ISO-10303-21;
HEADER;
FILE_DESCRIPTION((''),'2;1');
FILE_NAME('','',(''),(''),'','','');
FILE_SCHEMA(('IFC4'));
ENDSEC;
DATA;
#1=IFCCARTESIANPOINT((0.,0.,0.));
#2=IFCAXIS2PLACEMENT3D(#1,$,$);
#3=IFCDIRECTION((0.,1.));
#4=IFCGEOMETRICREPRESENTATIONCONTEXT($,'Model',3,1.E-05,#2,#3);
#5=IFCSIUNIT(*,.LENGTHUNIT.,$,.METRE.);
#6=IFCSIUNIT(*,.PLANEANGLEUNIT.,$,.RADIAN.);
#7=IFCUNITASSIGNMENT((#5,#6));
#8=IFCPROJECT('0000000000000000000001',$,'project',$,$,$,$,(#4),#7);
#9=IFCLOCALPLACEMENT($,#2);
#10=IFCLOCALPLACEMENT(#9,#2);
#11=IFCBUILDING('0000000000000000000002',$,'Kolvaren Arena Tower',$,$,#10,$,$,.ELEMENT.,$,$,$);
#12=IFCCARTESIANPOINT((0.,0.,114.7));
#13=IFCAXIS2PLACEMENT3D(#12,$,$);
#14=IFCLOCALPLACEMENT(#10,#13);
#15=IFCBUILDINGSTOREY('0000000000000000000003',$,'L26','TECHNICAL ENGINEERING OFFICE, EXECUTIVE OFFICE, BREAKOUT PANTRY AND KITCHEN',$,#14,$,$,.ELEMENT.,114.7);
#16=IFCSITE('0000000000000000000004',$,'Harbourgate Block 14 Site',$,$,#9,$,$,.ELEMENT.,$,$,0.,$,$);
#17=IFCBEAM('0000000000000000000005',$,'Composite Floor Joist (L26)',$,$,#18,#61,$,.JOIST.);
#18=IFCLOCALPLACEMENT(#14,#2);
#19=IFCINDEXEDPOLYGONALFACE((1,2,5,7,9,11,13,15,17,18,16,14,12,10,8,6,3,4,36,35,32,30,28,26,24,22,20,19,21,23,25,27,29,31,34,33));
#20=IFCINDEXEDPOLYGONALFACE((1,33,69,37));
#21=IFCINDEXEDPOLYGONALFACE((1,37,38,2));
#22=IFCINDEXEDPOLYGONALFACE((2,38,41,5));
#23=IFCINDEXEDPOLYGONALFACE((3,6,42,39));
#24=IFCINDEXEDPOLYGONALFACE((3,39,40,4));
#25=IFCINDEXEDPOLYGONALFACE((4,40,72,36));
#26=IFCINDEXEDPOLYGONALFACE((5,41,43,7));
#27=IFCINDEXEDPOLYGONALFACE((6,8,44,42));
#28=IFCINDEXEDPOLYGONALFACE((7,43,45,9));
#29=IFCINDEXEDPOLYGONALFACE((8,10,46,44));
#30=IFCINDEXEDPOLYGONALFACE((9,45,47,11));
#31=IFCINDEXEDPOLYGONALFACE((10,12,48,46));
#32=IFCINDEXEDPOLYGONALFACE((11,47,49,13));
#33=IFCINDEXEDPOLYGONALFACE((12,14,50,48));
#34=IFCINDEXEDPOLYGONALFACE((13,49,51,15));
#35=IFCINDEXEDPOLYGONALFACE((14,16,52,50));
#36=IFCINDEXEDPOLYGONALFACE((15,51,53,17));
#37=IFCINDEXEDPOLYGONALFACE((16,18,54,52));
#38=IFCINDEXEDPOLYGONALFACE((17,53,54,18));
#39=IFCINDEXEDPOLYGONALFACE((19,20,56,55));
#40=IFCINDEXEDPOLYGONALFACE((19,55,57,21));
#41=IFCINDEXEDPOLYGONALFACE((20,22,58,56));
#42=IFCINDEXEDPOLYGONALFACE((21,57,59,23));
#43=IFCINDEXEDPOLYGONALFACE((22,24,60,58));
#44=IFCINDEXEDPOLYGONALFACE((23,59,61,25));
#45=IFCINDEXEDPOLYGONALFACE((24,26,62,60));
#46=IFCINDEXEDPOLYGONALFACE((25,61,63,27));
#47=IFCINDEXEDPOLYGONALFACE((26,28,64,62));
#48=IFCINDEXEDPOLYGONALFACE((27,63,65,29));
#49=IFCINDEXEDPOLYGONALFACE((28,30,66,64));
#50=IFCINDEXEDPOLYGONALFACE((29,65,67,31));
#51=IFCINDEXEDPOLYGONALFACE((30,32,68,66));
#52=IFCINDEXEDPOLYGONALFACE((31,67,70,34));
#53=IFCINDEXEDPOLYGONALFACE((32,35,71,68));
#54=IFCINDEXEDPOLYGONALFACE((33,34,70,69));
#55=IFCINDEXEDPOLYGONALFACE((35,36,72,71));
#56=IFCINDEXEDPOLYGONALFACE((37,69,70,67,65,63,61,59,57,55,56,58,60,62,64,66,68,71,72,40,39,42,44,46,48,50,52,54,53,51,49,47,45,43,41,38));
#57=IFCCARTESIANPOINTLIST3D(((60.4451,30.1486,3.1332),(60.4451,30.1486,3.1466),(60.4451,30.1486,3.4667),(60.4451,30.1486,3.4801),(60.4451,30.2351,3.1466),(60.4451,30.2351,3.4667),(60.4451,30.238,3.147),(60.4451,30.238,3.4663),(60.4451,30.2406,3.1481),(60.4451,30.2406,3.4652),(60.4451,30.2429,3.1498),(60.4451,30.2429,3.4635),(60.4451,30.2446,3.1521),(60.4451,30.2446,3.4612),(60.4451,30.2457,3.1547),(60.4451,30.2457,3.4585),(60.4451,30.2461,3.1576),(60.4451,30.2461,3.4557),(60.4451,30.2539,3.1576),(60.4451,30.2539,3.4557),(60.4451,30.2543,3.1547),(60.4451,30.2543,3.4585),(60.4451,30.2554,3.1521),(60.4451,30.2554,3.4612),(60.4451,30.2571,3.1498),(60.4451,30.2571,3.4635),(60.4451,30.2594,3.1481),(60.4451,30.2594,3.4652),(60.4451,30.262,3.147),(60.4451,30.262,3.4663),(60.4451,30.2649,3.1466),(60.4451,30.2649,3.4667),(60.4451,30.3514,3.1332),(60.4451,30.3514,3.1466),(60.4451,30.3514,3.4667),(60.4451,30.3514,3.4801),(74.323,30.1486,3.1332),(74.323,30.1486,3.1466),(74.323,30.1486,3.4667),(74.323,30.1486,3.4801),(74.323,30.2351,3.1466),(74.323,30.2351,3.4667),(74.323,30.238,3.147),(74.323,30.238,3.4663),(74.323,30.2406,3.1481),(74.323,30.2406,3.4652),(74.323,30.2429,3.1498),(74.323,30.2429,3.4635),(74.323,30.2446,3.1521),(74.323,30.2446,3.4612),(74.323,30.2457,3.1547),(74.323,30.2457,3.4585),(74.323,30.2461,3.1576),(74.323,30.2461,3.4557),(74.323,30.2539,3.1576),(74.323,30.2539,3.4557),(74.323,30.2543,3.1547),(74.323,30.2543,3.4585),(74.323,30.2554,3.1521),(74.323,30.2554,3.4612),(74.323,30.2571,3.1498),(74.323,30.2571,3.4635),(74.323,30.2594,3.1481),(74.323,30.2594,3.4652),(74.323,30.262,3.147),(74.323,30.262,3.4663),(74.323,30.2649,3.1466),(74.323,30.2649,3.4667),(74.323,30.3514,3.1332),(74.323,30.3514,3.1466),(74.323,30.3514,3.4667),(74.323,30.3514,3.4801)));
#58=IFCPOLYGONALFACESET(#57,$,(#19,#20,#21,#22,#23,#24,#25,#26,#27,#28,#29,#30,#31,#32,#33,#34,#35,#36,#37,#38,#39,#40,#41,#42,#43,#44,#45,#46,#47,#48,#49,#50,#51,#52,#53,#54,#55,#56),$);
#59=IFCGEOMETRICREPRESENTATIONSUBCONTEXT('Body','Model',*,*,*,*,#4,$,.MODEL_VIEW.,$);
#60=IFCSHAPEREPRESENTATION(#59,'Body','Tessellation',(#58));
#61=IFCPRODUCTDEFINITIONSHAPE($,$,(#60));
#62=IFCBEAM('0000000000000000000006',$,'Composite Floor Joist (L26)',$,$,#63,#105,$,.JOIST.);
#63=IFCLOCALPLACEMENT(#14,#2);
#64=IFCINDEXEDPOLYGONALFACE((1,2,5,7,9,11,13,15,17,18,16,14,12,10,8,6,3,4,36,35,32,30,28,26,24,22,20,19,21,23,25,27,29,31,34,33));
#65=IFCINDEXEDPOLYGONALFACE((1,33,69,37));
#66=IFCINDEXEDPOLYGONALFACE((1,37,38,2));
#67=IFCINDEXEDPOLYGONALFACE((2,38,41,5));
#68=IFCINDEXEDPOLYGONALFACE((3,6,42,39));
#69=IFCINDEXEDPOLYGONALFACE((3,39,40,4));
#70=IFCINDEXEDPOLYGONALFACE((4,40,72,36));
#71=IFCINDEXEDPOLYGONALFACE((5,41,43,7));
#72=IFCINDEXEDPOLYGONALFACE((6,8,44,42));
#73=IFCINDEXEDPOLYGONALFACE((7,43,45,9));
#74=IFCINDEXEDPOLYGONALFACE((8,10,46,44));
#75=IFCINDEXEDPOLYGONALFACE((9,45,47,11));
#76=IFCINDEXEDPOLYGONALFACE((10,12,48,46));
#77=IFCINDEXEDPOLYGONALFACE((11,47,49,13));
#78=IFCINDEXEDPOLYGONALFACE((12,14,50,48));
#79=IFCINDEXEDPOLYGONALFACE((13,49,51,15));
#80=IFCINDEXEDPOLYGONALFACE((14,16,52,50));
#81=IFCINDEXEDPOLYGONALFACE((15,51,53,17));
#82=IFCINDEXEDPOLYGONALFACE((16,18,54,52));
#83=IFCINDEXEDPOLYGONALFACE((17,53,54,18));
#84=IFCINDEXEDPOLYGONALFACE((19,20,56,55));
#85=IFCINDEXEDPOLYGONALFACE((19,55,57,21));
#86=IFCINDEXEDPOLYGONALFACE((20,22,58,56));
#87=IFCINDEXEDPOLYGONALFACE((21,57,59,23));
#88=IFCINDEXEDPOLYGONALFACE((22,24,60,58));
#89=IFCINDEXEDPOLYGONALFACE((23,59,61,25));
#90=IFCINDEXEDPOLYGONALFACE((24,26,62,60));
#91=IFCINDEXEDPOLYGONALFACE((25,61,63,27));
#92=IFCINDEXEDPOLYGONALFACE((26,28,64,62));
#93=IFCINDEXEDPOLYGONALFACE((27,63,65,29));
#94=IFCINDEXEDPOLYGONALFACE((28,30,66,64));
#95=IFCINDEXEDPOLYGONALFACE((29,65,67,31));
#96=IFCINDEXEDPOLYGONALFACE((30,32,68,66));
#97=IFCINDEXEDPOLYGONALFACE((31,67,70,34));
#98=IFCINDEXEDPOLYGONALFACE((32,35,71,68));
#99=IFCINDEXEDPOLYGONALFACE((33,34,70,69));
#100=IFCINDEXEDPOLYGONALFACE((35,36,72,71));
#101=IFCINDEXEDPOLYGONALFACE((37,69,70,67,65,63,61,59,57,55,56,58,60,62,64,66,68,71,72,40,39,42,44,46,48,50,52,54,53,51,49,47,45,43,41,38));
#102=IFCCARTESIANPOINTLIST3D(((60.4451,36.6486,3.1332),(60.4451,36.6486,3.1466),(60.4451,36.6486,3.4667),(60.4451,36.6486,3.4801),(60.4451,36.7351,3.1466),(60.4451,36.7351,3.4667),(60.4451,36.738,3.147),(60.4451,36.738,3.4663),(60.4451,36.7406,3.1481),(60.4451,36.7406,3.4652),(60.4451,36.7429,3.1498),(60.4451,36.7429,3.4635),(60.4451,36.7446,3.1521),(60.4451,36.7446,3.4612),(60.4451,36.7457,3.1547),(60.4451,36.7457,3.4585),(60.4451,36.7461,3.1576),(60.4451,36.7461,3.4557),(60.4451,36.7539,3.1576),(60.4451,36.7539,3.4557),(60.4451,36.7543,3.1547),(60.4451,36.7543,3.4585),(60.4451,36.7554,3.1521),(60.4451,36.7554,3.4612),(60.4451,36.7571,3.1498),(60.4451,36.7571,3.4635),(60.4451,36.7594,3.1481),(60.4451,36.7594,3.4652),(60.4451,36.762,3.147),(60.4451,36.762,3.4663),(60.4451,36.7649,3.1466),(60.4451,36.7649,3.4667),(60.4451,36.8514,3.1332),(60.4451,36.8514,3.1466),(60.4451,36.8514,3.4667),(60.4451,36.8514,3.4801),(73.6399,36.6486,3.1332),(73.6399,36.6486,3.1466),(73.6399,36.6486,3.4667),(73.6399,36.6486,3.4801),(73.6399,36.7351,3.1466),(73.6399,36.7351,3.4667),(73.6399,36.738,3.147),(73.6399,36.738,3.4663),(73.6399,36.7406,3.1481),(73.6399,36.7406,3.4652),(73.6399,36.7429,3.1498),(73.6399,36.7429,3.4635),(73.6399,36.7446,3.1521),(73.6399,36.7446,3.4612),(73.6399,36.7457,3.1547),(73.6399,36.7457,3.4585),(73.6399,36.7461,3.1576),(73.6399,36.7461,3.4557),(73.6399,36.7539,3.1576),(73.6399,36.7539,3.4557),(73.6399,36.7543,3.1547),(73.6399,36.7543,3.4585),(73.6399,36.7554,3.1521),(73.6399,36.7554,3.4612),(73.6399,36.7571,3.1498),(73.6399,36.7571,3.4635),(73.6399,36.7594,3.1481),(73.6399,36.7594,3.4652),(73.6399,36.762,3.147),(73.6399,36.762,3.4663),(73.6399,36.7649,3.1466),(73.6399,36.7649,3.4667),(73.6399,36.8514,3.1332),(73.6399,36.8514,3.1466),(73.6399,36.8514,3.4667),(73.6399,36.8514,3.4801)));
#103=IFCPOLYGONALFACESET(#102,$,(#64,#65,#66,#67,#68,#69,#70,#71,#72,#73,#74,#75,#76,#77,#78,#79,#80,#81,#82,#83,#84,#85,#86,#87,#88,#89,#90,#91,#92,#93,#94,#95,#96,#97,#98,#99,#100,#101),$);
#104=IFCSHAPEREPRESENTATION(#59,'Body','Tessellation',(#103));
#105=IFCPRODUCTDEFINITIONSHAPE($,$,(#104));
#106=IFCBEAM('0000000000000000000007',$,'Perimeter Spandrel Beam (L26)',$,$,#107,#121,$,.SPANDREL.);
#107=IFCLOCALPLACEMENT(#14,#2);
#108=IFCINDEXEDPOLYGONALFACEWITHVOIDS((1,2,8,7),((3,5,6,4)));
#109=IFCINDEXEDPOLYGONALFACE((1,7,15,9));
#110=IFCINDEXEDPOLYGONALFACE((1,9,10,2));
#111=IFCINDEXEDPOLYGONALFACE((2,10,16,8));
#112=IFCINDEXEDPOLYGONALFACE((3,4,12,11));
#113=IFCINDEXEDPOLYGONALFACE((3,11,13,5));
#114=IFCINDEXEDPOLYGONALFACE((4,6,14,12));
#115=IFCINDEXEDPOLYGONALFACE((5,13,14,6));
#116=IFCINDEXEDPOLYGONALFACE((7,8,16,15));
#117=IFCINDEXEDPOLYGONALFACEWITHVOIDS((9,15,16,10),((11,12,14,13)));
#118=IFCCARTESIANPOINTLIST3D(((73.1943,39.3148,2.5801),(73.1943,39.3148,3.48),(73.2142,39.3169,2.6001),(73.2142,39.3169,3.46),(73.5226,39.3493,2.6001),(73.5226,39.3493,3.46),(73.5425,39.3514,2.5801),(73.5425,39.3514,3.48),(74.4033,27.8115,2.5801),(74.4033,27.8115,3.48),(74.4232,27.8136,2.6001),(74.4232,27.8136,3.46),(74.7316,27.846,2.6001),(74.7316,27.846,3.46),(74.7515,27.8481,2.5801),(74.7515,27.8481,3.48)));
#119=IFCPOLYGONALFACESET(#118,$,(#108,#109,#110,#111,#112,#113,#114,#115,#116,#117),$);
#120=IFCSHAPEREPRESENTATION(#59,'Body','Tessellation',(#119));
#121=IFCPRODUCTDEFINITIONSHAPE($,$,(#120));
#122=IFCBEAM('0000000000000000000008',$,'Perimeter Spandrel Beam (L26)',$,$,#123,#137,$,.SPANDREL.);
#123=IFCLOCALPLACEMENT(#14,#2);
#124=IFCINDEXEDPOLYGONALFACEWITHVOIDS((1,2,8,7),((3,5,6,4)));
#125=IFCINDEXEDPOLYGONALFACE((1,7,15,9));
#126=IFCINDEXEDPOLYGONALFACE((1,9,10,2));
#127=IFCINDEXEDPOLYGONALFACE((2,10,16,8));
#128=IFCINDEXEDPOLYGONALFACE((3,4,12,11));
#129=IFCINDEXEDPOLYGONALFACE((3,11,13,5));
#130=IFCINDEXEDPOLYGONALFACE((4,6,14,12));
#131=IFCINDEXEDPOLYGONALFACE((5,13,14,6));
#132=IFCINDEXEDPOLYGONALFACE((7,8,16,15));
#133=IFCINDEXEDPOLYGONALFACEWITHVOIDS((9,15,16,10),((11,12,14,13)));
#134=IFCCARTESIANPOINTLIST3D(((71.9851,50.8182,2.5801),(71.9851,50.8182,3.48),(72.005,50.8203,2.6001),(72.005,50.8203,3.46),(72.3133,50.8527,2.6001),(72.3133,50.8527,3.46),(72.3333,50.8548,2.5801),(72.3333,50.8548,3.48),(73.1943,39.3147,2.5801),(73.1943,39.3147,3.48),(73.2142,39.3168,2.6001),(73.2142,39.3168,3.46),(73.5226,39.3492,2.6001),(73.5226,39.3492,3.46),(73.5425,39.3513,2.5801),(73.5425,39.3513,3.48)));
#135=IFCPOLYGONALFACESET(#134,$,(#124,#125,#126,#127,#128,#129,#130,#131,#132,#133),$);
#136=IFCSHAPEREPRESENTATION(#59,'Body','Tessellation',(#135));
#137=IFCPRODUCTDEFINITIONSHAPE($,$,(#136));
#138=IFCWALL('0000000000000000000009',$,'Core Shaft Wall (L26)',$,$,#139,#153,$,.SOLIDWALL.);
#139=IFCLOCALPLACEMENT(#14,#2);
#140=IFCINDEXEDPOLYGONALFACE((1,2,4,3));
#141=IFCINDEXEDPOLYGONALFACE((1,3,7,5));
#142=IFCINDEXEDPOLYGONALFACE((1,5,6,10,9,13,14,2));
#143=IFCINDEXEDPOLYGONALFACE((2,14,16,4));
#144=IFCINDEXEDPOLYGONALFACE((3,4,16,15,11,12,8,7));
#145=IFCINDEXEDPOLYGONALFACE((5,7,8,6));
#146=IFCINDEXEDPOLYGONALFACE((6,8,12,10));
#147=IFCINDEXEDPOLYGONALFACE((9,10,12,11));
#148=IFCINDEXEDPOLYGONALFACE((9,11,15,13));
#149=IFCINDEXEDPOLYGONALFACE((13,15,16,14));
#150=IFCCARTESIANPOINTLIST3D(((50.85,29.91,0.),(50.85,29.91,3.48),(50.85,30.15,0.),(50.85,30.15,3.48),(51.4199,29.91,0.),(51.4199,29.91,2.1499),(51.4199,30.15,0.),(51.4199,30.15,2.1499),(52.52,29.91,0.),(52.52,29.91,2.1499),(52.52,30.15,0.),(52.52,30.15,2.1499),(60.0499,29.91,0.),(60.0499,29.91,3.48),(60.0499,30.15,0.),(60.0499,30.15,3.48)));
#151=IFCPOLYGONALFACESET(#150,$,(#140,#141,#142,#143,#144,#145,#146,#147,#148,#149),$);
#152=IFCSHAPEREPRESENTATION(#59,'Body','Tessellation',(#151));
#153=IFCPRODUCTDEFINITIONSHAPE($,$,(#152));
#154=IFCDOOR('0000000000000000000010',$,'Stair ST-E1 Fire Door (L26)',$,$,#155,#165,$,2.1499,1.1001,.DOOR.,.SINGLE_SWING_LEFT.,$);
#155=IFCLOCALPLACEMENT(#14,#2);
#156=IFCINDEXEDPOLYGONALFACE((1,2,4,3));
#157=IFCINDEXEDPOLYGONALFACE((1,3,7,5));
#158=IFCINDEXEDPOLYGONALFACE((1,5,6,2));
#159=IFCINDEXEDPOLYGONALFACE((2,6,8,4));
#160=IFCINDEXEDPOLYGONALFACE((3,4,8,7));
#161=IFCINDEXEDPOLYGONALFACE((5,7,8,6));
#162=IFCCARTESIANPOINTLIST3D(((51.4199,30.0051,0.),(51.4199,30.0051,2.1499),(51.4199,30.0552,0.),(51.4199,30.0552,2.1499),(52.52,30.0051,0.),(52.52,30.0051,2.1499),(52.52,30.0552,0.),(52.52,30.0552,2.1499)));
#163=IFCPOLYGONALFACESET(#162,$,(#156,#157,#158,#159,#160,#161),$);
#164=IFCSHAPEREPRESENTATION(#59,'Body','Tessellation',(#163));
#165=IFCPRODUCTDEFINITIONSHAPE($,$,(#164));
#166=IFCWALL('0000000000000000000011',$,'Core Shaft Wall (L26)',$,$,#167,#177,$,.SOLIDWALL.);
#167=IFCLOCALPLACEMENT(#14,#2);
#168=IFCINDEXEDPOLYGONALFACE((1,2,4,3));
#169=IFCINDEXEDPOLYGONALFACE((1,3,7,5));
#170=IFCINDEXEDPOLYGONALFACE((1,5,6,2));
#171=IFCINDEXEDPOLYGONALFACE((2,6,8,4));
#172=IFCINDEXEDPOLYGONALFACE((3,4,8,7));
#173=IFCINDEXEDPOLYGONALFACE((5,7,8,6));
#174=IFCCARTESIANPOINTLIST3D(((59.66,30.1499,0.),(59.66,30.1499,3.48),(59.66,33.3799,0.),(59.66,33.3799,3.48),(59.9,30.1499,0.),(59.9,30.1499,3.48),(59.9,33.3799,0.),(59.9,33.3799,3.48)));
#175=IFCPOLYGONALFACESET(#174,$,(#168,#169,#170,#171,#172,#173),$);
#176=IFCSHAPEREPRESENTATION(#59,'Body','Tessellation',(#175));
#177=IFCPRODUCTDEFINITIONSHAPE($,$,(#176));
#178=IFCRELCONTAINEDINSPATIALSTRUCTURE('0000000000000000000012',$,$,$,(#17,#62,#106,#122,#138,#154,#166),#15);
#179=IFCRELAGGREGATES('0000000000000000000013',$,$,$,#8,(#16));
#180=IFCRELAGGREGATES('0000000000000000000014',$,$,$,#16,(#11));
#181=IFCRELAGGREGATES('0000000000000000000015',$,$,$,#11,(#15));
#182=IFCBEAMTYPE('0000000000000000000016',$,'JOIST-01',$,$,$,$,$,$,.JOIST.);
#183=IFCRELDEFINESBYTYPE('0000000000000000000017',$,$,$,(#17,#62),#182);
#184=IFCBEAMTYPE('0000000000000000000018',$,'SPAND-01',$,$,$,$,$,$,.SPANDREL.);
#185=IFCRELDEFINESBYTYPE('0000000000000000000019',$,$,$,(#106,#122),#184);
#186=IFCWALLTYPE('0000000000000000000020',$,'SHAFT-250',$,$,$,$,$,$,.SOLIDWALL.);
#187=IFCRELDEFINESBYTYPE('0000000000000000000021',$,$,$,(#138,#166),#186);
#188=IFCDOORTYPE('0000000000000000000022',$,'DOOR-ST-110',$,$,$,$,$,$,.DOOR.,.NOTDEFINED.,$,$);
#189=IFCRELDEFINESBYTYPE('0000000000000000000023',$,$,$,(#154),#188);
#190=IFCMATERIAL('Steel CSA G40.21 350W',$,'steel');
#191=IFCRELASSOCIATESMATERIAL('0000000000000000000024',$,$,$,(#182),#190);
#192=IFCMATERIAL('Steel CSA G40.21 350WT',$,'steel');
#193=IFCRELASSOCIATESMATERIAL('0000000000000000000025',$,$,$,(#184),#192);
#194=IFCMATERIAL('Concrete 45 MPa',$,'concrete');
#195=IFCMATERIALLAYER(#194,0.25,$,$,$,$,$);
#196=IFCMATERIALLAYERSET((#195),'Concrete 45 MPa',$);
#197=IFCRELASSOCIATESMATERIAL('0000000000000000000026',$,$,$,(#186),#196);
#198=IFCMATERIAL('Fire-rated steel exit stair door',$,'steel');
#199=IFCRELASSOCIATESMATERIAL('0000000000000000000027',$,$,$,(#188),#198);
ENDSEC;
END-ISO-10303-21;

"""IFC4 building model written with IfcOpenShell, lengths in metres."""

from ifc_helpers import new_model, si_unit, direction, frame, frame_2d, origin, origin_2d, place, context, subcontext, project, spatial, rectangle, hollow_rectangle, i_section, extrude, material, layer, layer_set, material_profile, profile_set, type_object, element, fill, save


model = new_model("IFC4")

# Units and contexts
model_context = context("Model", 3, precision=1e-05, world=origin(), true_north=direction((0.0, 1.0)))
body_context = subcontext(model_context, "Body", "Model", "MODEL_VIEW")
ifc_project = project(units=[si_unit("LENGTHUNIT", "METRE"), si_unit("PLANEANGLEUNIT", "RADIAN")], contexts=[model_context])

# Site, building, storey
site_placement = place(None, origin())
site = spatial("IfcSite", under=ifc_project, at=site_placement, Name="Harbourgate Block 14 Site", CompositionType="ELEMENT", RefElevation=0.0)
building_placement = place(site_placement, origin())
building = spatial("IfcBuilding", under=site, at=building_placement, Name="Kolvaren Arena Tower", CompositionType="ELEMENT")
storey_placement = place(building_placement, frame((0.0, 0.0, 114.7)))
storey = spatial("IfcBuildingStorey", under=building, at=storey_placement, Name="L26", Description="TECHNICAL ENGINEERING OFFICE, EXECUTIVE OFFICE, BREAKOUT PANTRY AND KITCHEN", CompositionType="ELEMENT", Elevation=114.7)

# Beams
ifc_material_1 = material(Name="Steel CSA G40.21 350W", Category="steel")
ifc_material_profile_1 = material_profile(ifc_material_1, i_section(OverallWidth=0.2029, OverallDepth=0.3469, WebThickness=0.0078, FlangeThickness=0.0134, FilletRadius=0.011, at=origin_2d()), Name="W360x64")
ifc_profile_set_1 = profile_set([ifc_material_profile_1], Name="Steel CSA G40.21 350W")
beam_type_1 = type_object("IfcBeamType", Name="JOIST-01", PredefinedType="JOIST", material=ifc_profile_set_1)
beam_1_placement = place(storey_placement, frame((60.4451, 30.25, 3.3066), z_axis=(1.0, 0.0, 0.0), x_axis=(0.0, 1.0, 0.0)))
element("IfcBeam", 1, at=beam_1_placement, inside=storey, type_object=beam_type_1, Name="Composite Floor Joist (L26)", PredefinedType="JOIST", context=body_context, shape_type="SweptSolid", body=[
    extrude(i_section(OverallWidth=0.2029, OverallDepth=0.3469, WebThickness=0.0078, FlangeThickness=0.0134, FilletRadius=0.011, at=origin_2d()), origin(), (0.0, 0.0, 1.0), 13.8779),
])
beam_2_placement = place(storey_placement, frame((60.4451, 36.75, 3.3066), z_axis=(1.0, 0.0, 0.0), x_axis=(0.0, 1.0, 0.0)))
element("IfcBeam", 2, at=beam_2_placement, inside=storey, type_object=beam_type_1, Name="Composite Floor Joist (L26)", PredefinedType="JOIST", context=body_context, shape_type="SweptSolid", body=[
    extrude(i_section(OverallWidth=0.2029, OverallDepth=0.3469, WebThickness=0.0078, FlangeThickness=0.0134, FilletRadius=0.011, at=origin_2d()), origin(), (0.0, 0.0, 1.0), 13.1948),
])
ifc_material_2 = material(Name="Steel CSA G40.21 350WT", Category="steel")
ifc_material_profile_2 = material_profile(ifc_material_2, hollow_rectangle(XDim=0.3501, YDim=0.8999, WallThickness=0.02, at=origin_2d()), Name="HSS 900x350x20")
ifc_profile_set_2 = profile_set([ifc_material_profile_2], Name="Steel CSA G40.21 350WT")
beam_type_2 = type_object("IfcBeamType", Name="SPAND-01", PredefinedType="SPANDREL", material=ifc_profile_set_2)
beam_3_placement = place(storey_placement, frame((74.5774, 27.8298, 3.03), z_axis=(-0.104524, 0.994522, 0.0), x_axis=(-0.994522, -0.104524, 0.0)))
element("IfcBeam", 3, at=beam_3_placement, inside=storey, type_object=beam_type_2, Name="Perimeter Spandrel Beam (L26)", PredefinedType="SPANDREL", context=body_context, shape_type="SweptSolid", body=[
    extrude(hollow_rectangle(XDim=0.3501, YDim=0.8999, WallThickness=0.02, at=origin_2d()), origin(), (0.0, 0.0, 1.0), 11.5667),
])
beam_4_placement = place(storey_placement, frame((73.3684, 39.333, 3.03), z_axis=(-0.104543, 0.99452, 0.0), x_axis=(-0.99452, -0.104543, 0.0)))
element("IfcBeam", 4, at=beam_4_placement, inside=storey, type_object=beam_type_2, Name="Perimeter Spandrel Beam (L26)", PredefinedType="SPANDREL", context=body_context, shape_type="SweptSolid", body=[
    extrude(hollow_rectangle(XDim=0.3501, YDim=0.8999, WallThickness=0.02, at=origin_2d()), origin(), (0.0, 0.0, 1.0), 11.5669),
])

# Wall, opening, door
ifc_material_3 = material(Name="Concrete 45 MPa", Category="concrete")
ifc_layer = layer(ifc_material_3, 0.25)
ifc_layer_set = layer_set([ifc_layer], Name="Concrete 45 MPa")
wall_type = type_object("IfcWallType", Name="SHAFT-250", PredefinedType="SOLIDWALL", material=ifc_layer_set)
wall_1_placement = place(storey_placement, frame((60.05, 30.03, 0.0), z_axis=(0.0, 0.0, 1.0), x_axis=(-1.0, 0.0, 0.0)))
wall_1 = element("IfcWall", 5, at=wall_1_placement, inside=storey, type_object=wall_type, Name="Core Shaft Wall (L26)", PredefinedType="SOLIDWALL", context=body_context, shape_type="SweptSolid", body=[
    extrude(rectangle(XDim=9.2, YDim=0.24, at=frame_2d((4.6001, 0.0))), origin(), (0.0, 0.0, 1.0), 3.48),
])
opening_1_placement = place(wall_1_placement, frame((7.53, 0.0, 0.0)))
opening_1 = element("IfcOpeningElement", 6, at=opening_1_placement, cuts=wall_1, PredefinedType="OPENING", context=body_context, shape_type="SweptSolid", body=[
    extrude(rectangle(XDim=1.1001, YDim=2.1499, at=frame_2d((0.55, 1.075))), frame((0.0, 0.1299, 0.0), z_axis=(0.0, -1.0, 0.0), x_axis=(1.0, 0.0, 0.0)), (0.0, 0.0, 1.0), 0.26),
])
ifc_material_4 = material(Name="Fire-rated steel exit stair door", Category="steel")
door_type = type_object("IfcDoorType", Name="DOOR-ST-110", OperationType="NOTDEFINED", PredefinedType="DOOR", material=ifc_material_4)
door_1_placement = place(opening_1_placement, origin())
door_1 = element("IfcDoor", 7, at=door_1_placement, inside=storey, type_object=door_type, Name="Stair ST-E1 Fire Door (L26)", OperationType="SINGLE_SWING_LEFT", OverallHeight=2.1499, OverallWidth=1.1001, PredefinedType="DOOR", context=body_context, shape_type="SweptSolid", body=[
    extrude(rectangle(XDim=1.1001, YDim=2.1499, at=frame_2d((0.55, 1.075))), frame((0.0, 0.0249, 0.0), z_axis=(0.0, -1.0, 0.0), x_axis=(1.0, 0.0, 0.0)), (0.0, 0.0, 1.0), 0.05),
])
fill(opening_1, door_1)

# Wall
wall_2_placement = place(storey_placement, frame((59.78, 30.1499, 0.0), z_axis=(0.0, 0.0, 1.0), x_axis=(0.0, 1.0, 0.0)))
element("IfcWall", 8, at=wall_2_placement, inside=storey, type_object=wall_type, Name="Core Shaft Wall (L26)", PredefinedType="SOLIDWALL", context=body_context, shape_type="SweptSolid", body=[
    extrude(rectangle(XDim=3.23, YDim=0.24, at=frame_2d((1.615, 0.0))), origin(), (0.0, 0.0, 1.0), 3.48),
])

save(model, "model.ifc")
